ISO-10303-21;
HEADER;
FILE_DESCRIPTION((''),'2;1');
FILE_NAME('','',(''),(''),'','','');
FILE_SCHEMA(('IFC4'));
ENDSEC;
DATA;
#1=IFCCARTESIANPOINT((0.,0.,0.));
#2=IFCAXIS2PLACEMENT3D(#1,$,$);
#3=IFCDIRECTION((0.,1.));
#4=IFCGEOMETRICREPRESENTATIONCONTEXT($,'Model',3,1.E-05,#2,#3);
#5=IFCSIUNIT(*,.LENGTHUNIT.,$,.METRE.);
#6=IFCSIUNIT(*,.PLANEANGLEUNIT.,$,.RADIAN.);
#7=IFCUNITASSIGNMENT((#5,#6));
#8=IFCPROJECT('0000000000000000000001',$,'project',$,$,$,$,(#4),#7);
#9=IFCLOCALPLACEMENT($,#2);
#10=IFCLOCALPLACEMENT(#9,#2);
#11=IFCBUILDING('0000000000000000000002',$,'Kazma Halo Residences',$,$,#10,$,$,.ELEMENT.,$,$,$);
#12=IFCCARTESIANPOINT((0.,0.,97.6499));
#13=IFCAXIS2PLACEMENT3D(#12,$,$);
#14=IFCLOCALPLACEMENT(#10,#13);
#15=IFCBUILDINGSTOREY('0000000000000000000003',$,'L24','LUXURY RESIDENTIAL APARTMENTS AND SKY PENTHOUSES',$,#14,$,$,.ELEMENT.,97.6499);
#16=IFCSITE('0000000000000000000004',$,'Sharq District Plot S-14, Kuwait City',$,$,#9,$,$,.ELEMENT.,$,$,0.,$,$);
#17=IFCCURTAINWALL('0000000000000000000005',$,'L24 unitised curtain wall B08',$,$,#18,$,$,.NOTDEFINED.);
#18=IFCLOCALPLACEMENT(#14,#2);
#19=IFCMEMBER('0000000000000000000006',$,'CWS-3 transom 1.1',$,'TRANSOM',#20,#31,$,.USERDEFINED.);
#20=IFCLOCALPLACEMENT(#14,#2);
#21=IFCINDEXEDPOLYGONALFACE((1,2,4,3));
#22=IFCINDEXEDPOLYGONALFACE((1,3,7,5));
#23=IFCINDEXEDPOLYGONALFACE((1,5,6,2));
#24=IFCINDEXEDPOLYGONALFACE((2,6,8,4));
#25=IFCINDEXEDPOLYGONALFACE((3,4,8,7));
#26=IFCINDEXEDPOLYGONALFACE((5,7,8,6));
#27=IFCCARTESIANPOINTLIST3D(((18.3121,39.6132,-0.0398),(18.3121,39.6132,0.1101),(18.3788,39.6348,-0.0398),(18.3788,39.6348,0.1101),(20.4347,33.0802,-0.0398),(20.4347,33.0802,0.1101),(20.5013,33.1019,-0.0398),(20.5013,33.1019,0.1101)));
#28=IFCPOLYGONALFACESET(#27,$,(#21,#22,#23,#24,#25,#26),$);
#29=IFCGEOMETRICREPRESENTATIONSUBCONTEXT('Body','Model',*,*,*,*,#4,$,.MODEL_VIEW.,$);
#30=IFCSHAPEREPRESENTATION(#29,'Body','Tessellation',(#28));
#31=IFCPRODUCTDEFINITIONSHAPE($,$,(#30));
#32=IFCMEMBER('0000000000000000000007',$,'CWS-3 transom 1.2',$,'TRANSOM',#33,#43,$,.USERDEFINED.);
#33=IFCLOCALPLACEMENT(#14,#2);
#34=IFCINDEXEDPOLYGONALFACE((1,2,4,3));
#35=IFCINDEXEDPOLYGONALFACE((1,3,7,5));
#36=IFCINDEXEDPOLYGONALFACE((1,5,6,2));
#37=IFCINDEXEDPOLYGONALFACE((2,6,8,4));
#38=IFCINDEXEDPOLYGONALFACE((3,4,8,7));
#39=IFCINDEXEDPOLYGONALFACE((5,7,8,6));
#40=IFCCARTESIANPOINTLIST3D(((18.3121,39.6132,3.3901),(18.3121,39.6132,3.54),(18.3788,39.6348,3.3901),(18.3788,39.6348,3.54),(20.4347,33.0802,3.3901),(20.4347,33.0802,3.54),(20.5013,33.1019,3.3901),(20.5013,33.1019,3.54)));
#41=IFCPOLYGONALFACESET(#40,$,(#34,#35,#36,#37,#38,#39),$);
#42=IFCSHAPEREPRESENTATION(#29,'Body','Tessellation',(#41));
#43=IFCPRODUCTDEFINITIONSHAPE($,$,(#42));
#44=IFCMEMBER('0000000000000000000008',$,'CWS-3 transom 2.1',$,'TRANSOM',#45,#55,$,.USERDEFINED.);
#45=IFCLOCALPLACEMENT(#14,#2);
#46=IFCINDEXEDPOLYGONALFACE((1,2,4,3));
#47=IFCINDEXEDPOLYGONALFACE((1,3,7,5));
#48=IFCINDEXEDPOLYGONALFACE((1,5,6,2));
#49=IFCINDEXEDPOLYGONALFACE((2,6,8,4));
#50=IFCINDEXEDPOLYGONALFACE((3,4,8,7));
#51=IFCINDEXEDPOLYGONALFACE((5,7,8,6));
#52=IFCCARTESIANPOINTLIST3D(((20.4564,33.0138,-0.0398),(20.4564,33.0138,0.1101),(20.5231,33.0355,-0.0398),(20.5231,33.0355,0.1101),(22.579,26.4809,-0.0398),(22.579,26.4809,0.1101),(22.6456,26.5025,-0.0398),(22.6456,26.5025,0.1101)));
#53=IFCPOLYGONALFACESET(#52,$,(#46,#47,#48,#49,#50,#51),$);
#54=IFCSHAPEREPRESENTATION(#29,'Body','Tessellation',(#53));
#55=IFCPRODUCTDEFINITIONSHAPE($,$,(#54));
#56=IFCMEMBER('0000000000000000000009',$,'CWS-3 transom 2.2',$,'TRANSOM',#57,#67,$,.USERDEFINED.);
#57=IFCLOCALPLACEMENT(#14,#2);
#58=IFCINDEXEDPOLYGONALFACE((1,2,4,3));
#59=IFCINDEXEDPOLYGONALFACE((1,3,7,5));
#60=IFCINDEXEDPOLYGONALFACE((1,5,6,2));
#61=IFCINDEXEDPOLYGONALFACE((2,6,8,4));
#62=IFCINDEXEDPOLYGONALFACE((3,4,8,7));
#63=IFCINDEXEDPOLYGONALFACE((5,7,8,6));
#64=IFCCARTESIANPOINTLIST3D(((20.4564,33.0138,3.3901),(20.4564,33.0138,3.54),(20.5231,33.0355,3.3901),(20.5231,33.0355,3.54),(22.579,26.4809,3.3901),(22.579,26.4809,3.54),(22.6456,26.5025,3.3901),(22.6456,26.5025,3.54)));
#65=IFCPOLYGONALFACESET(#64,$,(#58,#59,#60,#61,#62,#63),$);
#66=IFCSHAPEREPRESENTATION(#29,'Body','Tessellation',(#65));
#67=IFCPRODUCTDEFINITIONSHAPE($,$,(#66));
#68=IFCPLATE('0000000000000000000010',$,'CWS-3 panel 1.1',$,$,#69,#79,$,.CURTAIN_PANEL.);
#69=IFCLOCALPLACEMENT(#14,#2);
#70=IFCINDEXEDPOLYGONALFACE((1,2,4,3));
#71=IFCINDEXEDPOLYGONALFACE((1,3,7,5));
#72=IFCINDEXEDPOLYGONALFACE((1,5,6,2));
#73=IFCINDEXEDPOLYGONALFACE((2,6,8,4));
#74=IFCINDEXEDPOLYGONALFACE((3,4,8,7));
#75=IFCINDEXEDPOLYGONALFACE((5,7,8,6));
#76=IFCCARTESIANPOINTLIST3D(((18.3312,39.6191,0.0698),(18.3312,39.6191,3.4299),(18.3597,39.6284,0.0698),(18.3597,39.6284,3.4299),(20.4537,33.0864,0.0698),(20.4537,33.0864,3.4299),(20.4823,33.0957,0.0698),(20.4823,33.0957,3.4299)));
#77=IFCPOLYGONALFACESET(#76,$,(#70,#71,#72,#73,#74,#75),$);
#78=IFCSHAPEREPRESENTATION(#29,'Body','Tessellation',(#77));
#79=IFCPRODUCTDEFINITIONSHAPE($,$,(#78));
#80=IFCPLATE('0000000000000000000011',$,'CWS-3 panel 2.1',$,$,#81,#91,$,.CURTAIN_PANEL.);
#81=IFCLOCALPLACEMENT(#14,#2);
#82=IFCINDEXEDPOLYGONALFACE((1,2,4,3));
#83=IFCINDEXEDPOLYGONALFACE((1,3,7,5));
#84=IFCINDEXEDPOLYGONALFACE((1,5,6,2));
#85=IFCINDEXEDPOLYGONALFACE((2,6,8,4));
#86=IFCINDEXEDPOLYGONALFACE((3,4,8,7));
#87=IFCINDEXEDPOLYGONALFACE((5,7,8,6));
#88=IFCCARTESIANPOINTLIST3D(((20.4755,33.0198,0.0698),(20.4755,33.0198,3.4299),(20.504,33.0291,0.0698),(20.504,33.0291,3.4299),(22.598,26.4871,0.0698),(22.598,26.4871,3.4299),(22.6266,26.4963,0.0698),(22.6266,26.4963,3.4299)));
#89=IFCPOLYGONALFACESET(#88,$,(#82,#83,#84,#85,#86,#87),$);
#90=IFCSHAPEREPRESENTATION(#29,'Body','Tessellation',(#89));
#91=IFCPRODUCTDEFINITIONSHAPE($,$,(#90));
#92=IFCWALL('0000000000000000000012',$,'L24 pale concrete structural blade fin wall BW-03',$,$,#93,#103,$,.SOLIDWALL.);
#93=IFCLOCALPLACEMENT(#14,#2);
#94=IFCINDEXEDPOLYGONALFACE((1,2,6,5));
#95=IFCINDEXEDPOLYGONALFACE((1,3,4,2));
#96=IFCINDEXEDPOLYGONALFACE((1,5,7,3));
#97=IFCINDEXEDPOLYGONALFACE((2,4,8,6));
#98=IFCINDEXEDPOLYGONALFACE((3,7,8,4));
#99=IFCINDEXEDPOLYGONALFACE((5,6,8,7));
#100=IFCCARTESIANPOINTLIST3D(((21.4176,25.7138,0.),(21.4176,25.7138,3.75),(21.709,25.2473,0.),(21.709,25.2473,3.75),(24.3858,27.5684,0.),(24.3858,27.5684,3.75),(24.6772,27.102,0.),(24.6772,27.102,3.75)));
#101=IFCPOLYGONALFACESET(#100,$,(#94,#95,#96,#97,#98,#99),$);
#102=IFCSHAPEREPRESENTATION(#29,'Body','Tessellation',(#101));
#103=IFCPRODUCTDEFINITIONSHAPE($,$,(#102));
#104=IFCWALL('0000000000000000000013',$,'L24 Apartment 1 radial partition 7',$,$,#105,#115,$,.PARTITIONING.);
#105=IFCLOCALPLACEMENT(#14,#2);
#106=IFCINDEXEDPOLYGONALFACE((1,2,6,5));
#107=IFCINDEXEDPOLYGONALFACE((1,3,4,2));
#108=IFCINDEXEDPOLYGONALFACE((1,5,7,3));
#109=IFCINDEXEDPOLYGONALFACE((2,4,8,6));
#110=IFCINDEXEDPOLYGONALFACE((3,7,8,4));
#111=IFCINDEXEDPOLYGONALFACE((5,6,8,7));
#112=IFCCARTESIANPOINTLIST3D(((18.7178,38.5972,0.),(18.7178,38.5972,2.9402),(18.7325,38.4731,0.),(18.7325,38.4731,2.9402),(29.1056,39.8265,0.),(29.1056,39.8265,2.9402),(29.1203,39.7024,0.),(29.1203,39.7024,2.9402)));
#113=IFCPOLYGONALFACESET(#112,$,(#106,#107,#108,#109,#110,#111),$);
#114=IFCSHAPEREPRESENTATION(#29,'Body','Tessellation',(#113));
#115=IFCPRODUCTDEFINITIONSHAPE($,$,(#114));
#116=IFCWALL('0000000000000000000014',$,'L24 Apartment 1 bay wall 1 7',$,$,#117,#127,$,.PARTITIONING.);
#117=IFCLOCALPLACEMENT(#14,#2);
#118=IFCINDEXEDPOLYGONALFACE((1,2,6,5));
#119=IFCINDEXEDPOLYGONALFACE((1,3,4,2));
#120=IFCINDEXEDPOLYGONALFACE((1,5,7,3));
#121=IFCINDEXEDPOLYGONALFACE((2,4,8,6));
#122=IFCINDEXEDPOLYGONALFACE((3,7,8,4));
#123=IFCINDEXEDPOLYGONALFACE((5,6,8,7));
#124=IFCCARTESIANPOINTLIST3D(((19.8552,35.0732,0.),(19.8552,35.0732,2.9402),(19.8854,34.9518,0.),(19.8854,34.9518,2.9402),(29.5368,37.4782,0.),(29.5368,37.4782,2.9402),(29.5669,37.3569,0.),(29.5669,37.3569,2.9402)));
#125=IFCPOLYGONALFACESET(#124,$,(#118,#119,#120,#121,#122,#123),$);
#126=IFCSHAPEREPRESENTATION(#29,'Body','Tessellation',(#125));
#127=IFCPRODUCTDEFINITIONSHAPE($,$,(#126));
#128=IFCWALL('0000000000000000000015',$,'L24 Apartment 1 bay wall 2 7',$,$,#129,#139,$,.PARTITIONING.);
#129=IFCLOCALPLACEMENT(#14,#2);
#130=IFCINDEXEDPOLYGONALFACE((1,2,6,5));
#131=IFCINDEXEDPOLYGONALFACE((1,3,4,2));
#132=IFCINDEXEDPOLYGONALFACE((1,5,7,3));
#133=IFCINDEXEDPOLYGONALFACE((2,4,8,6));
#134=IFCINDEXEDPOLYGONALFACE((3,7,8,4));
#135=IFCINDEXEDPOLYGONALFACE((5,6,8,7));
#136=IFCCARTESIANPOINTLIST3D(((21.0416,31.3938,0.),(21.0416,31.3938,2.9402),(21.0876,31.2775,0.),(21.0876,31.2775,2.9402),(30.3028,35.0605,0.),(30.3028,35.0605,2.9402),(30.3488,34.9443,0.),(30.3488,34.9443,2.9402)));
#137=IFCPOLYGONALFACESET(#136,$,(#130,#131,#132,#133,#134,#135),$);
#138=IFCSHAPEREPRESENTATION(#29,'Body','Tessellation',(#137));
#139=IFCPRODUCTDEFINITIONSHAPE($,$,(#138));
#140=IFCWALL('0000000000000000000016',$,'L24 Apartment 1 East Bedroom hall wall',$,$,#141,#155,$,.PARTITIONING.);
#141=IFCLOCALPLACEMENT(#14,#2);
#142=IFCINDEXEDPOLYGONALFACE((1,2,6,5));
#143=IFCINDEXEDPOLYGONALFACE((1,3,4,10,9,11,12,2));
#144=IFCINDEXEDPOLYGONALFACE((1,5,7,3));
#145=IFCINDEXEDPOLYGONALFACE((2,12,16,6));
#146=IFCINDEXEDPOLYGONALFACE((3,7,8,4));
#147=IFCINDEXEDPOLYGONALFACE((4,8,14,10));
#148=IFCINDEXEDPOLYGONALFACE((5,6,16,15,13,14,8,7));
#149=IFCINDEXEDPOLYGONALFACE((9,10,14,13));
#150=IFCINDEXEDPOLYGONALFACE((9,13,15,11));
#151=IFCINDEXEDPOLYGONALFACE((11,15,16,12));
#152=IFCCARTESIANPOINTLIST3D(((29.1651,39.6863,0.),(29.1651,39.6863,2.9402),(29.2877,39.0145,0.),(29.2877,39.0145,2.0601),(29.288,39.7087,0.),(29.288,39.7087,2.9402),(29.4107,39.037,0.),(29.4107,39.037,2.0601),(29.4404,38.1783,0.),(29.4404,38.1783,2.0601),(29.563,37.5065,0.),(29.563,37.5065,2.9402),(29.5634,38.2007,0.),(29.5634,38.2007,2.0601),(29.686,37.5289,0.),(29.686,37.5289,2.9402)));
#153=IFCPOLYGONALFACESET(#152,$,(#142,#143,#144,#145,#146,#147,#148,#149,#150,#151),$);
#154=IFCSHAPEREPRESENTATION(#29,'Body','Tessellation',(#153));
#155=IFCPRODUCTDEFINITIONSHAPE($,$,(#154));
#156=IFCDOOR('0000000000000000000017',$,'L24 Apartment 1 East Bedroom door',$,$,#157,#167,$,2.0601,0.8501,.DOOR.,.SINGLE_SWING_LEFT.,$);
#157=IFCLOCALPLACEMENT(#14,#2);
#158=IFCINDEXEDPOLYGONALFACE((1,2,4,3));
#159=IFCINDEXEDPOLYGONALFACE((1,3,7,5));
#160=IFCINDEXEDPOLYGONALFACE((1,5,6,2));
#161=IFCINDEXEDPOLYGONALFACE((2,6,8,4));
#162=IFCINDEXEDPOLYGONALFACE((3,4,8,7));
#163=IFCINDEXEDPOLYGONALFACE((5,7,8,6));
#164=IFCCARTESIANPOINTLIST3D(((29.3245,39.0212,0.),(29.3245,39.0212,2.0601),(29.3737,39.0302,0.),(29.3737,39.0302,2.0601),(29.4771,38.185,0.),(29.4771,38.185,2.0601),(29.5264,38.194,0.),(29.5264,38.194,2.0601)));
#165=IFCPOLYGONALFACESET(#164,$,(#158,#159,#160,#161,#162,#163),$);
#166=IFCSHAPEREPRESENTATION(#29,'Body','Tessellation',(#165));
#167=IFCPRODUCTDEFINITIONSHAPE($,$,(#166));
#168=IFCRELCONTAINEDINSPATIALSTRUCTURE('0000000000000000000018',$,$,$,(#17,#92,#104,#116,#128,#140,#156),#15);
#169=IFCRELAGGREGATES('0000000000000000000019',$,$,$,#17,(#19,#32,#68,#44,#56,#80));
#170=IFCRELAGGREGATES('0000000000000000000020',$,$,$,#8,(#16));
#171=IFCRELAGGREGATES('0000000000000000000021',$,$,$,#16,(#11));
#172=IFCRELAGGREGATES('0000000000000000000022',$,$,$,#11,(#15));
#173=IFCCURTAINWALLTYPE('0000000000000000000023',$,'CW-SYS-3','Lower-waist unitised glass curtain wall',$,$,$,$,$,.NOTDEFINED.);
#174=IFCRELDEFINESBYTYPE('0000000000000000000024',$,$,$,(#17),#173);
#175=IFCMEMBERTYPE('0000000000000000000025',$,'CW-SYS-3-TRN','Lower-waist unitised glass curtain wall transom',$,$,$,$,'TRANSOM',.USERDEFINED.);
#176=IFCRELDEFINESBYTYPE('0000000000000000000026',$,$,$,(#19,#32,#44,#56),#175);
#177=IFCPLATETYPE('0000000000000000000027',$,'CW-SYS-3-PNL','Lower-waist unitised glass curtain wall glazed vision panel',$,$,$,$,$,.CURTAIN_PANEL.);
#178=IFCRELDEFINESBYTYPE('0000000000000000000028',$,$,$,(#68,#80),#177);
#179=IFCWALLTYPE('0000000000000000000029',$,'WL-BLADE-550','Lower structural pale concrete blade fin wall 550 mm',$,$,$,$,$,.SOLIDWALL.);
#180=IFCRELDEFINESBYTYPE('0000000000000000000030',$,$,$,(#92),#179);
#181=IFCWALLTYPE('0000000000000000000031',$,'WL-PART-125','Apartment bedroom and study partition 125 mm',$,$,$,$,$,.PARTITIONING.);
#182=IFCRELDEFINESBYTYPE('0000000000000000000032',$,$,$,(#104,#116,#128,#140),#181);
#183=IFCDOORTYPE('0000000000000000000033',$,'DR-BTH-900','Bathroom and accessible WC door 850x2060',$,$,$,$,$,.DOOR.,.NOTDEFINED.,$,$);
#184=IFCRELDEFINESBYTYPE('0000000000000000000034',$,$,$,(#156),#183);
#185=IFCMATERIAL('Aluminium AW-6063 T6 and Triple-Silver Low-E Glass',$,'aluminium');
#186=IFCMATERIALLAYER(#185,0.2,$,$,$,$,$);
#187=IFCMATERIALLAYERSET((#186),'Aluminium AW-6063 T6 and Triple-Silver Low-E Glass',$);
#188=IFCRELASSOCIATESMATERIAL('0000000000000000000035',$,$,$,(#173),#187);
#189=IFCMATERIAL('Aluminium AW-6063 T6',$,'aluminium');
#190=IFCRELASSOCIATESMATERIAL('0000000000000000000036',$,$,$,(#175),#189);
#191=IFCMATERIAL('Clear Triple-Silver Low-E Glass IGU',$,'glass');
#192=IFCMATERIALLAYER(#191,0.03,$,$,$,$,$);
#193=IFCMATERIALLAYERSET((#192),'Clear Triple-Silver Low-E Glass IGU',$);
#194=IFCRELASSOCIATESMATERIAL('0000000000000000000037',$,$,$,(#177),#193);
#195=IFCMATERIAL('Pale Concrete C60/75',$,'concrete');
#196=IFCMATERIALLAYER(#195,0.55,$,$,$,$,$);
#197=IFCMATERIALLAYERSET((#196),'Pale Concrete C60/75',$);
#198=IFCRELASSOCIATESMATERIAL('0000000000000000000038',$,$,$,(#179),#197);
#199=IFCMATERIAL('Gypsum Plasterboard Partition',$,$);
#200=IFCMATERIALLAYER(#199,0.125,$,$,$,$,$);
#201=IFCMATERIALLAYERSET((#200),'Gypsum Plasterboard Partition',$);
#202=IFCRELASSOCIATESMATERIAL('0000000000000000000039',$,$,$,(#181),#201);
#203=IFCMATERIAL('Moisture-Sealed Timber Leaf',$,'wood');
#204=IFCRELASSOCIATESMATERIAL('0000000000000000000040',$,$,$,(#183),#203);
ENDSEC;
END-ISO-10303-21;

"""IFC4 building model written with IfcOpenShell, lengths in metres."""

from ifc_helpers import new_model, si_unit, direction, frame, frame_2d, origin, origin_2d, place, context, subcontext, project, spatial, rectangle, extrude, material, layer, layer_set, material_profile, profile_set, type_object, element, fill, aggregate, save


model = new_model("IFC4")

# Units and contexts
model_context = context("Model", 3, precision=1e-05, world=origin(), true_north=direction((0.0, 1.0)))
body_context = subcontext(model_context, "Body", "Model", "MODEL_VIEW")
ifc_project = project(units=[si_unit("LENGTHUNIT", "METRE"), si_unit("PLANEANGLEUNIT", "RADIAN")], contexts=[model_context])

# Site, building, storey
site_placement = place(None, origin())
site = spatial("IfcSite", under=ifc_project, at=site_placement, Name="Sharq District Plot S-14, Kuwait City", CompositionType="ELEMENT", RefElevation=0.0)
building_placement = place(site_placement, origin())
building = spatial("IfcBuilding", under=site, at=building_placement, Name="Kazma Halo Residences", CompositionType="ELEMENT")
storey_placement = place(building_placement, frame((0.0, 0.0, 97.6499)))
storey = spatial("IfcBuildingStorey", under=building, at=storey_placement, Name="L24", Description="LUXURY RESIDENTIAL APARTMENTS AND SKY PENTHOUSES", CompositionType="ELEMENT", Elevation=97.6499)

# Curtain wall, members, plates
ifc_material_1 = material(Name="Aluminium AW-6063 T6 and Triple-Silver Low-E Glass", Category="aluminium")
ifc_layer_1 = layer(ifc_material_1, 0.2)
ifc_layer_set_1 = layer_set([ifc_layer_1], Name="Aluminium AW-6063 T6 and Triple-Silver Low-E Glass")
curtain_wall_type = type_object("IfcCurtainWallType", Name="CW-SYS-3", Description="Lower-waist unitised glass curtain wall", PredefinedType="NOTDEFINED", material=ifc_layer_set_1)
curtain_wall_placement = place(storey_placement, origin())
curtain_wall = element("IfcCurtainWall", 1, at=curtain_wall_placement, inside=storey, type_object=curtain_wall_type, Name="L24 unitised curtain wall B08", PredefinedType="NOTDEFINED")
ifc_material_2 = material(Name="Aluminium AW-6063 T6", Category="aluminium")
ifc_material_profile_1 = material_profile(ifc_material_2, rectangle(XDim=0.0701, YDim=0.1499, at=origin_2d()), Name="CWT-70x150")
ifc_profile_set_1 = profile_set([ifc_material_profile_1], Name="Aluminium AW-6063 T6")
member_type_1 = type_object("IfcMemberType", Name="CW-SYS-3-TRN", Description="Lower-waist unitised glass curtain wall transom", ElementType="TRANSOM", PredefinedType="USERDEFINED", material=ifc_profile_set_1)
member_1_placement = place(storey_placement, frame((18.3455, 39.624, 0.0352), z_axis=(0.309, -0.951062, 0.0), x_axis=(0.951062, 0.309, 0.0)))
member_1 = element("IfcMember", 2, at=member_1_placement, type_object=member_type_1, Name="CWS-3 transom 1.1", ObjectType="TRANSOM", PredefinedType="USERDEFINED", context=body_context, shape_type="SweptSolid", body=[
    extrude(rectangle(XDim=0.0701, YDim=0.1499, at=origin_2d()), origin(), (0.0, 0.0, 1.0), 6.8691),
])
member_2_placement = place(storey_placement, frame((18.3455, 39.624, 3.4651), z_axis=(0.309, -0.951062, 0.0), x_axis=(0.951062, 0.309, 0.0)))
member_2 = element("IfcMember", 3, at=member_2_placement, type_object=member_type_1, Name="CWS-3 transom 1.2", ObjectType="TRANSOM", PredefinedType="USERDEFINED", context=body_context, shape_type="SweptSolid", body=[
    extrude(rectangle(XDim=0.0701, YDim=0.1499, at=origin_2d()), origin(), (0.0, 0.0, 1.0), 6.8691),
])
member_3_placement = place(storey_placement, frame((20.4897, 33.0247, 0.0352), z_axis=(0.309, -0.951062, 0.0), x_axis=(0.951062, 0.309, 0.0)))
member_3 = element("IfcMember", 4, at=member_3_placement, type_object=member_type_1, Name="CWS-3 transom 2.1", ObjectType="TRANSOM", PredefinedType="USERDEFINED", context=body_context, shape_type="SweptSolid", body=[
    extrude(rectangle(XDim=0.0701, YDim=0.1499, at=origin_2d()), origin(), (0.0, 0.0, 1.0), 6.8691),
])
member_4_placement = place(storey_placement, frame((20.4897, 33.0247, 3.4651), z_axis=(0.309, -0.951062, 0.0), x_axis=(0.951062, 0.309, 0.0)))
member_4 = element("IfcMember", 5, at=member_4_placement, type_object=member_type_1, Name="CWS-3 transom 2.2", ObjectType="TRANSOM", PredefinedType="USERDEFINED", context=body_context, shape_type="SweptSolid", body=[
    extrude(rectangle(XDim=0.0701, YDim=0.1499, at=origin_2d()), origin(), (0.0, 0.0, 1.0), 6.8691),
])
ifc_material_3 = material(Name="Clear Triple-Silver Low-E Glass IGU", Category="glass")
ifc_layer_2 = layer(ifc_material_3, 0.03)
ifc_layer_set_2 = layer_set([ifc_layer_2], Name="Clear Triple-Silver Low-E Glass IGU")
plate_type = type_object("IfcPlateType", Name="CW-SYS-3-PNL", Description="Lower-waist unitised glass curtain wall glazed vision panel", PredefinedType="CURTAIN_PANEL", material=ifc_layer_set_2)
plate_1_placement = place(storey_placement, frame((19.4067, 36.3574, 0.0698), z_axis=(0.0, 0.0, 1.0), x_axis=(0.309013, -0.951058, 0.0)))
plate_1 = element("IfcPlate", 6, at=plate_1_placement, type_object=plate_type, Name="CWS-3 panel 1.1", PredefinedType="CURTAIN_PANEL", context=body_context, shape_type="SweptSolid", body=[
    extrude(rectangle(XDim=6.8689, YDim=0.03, at=origin_2d()), origin(), (0.0, 0.0, 1.0), 3.3601),
])
plate_2_placement = place(storey_placement, frame((21.551, 29.7581, 0.0698), z_axis=(0.0, 0.0, 1.0), x_axis=(0.309013, -0.951058, 0.0)))
plate_2 = element("IfcPlate", 7, at=plate_2_placement, type_object=plate_type, Name="CWS-3 panel 2.1", PredefinedType="CURTAIN_PANEL", context=body_context, shape_type="SweptSolid", body=[
    extrude(rectangle(XDim=6.8689, YDim=0.03, at=origin_2d()), origin(), (0.0, 0.0, 1.0), 3.3601),
])
aggregate(curtain_wall, [member_1, member_2, plate_1, member_3, member_4, plate_2])

# Walls
ifc_material_4 = material(Name="Pale Concrete C60/75", Category="concrete")
ifc_layer_3 = layer(ifc_material_4, 0.55)
ifc_layer_set_3 = layer_set([ifc_layer_3], Name="Pale Concrete C60/75")
wall_type_1 = type_object("IfcWallType", Name="WL-BLADE-550", Description="Lower structural pale concrete blade fin wall 550 mm", PredefinedType="SOLIDWALL", material=ifc_layer_set_3)
wall_1_placement = place(storey_placement, frame((24.5315, 27.3352, 0.0), z_axis=(0.0, 0.0, 1.0), x_axis=(-0.848053, -0.529911, 0.0)))
element("IfcWall", 8, at=wall_1_placement, inside=storey, type_object=wall_type_1, Name="L24 pale concrete structural blade fin wall BW-03", PredefinedType="SOLIDWALL", context=body_context, shape_type="SweptSolid", body=[
    extrude(rectangle(XDim=3.5, YDim=0.55, at=frame_2d((1.75, 0.0))), origin(), (0.0, 0.0, 1.0), 3.75),
])
ifc_material_5 = material(Name="Gypsum Plasterboard Partition")
ifc_layer_4 = layer(ifc_material_5, 0.125)
ifc_layer_set_4 = layer_set([ifc_layer_4], Name="Gypsum Plasterboard Partition")
wall_type_2 = type_object("IfcWallType", Name="WL-PART-125", Description="Apartment bedroom and study partition 125 mm", PredefinedType="PARTITIONING", material=ifc_layer_set_4)
wall_2_placement = place(storey_placement, frame((29.1128, 39.7644, 0.0), z_axis=(0.0, 0.0, 1.0), x_axis=(-0.993071, -0.117517, 0.0)))
element("IfcWall", 9, at=wall_2_placement, inside=storey, type_object=wall_type_2, Name="L24 Apartment 1 radial partition 7", PredefinedType="PARTITIONING", context=body_context, shape_type="SweptSolid", body=[
    extrude(rectangle(XDim=10.4602, YDim=0.125, at=frame_2d((5.23, 0.0))), origin(), (0.0, 0.0, 1.0), 2.9402),
])
wall_3_placement = place(storey_placement, frame((29.5518, 37.4175, 0.0), z_axis=(0.0, 0.0, 1.0), x_axis=(-0.970504, -0.241084, 0.0)))
element("IfcWall", 10, at=wall_3_placement, inside=storey, type_object=wall_type_2, Name="L24 Apartment 1 bay wall 1 7", PredefinedType="PARTITIONING", context=body_context, shape_type="SweptSolid", body=[
    extrude(rectangle(XDim=9.9758, YDim=0.125, at=frame_2d((4.9878, 0.0))), origin(), (0.0, 0.0, 1.0), 2.9402),
])
wall_4_placement = place(storey_placement, frame((30.3259, 35.0024, 0.0), z_axis=(0.0, 0.0, 1.0), x_axis=(-0.929778, -0.368122, 0.0)))
element("IfcWall", 11, at=wall_4_placement, inside=storey, type_object=wall_type_2, Name="L24 Apartment 1 bay wall 2 7", PredefinedType="PARTITIONING", context=body_context, shape_type="SweptSolid", body=[
    extrude(rectangle(XDim=9.9607, YDim=0.125, at=frame_2d((4.9805, 0.0))), origin(), (0.0, 0.0, 1.0), 2.9402),
])

# Wall, opening, door
wall_5_placement = place(storey_placement, frame((29.2266, 39.6975, 0.0), z_axis=(0.0, 0.0, 1.0), x_axis=(0.179603, -0.983739, 0.0)))
wall_5 = element("IfcWall", 12, at=wall_5_placement, inside=storey, type_object=wall_type_2, Name="L24 Apartment 1 East Bedroom hall wall", PredefinedType="PARTITIONING", context=body_context, shape_type="SweptSolid", body=[
    extrude(rectangle(XDim=2.2158, YDim=0.125, at=frame_2d((1.1079, 0.0))), origin(), (0.0, 0.0, 1.0), 2.9402),
])
opening_1_placement = place(wall_5_placement, frame((0.6829, 0.0, 0.0)))
opening_1 = element("IfcOpeningElement", 13, at=opening_1_placement, cuts=wall_5, PredefinedType="OPENING", context=body_context, shape_type="SweptSolid", body=[
    extrude(rectangle(XDim=0.8501, YDim=2.0601, at=frame_2d((0.425, 1.03))), frame((0.0, 0.0725, 0.0), z_axis=(0.0, -1.0, 0.0), x_axis=(1.0, 0.0, 0.0)), (0.0, 0.0, 1.0), 0.145),
])
ifc_material_6 = material(Name="Moisture-Sealed Timber Leaf", Category="wood")
door_type = type_object("IfcDoorType", Name="DR-BTH-900", Description="Bathroom and accessible WC door 850x2060", OperationType="NOTDEFINED", PredefinedType="DOOR", material=ifc_material_6)
door_1_placement = place(opening_1_placement, origin())
door_1 = element("IfcDoor", 14, at=door_1_placement, inside=storey, type_object=door_type, Name="L24 Apartment 1 East Bedroom door", OperationType="SINGLE_SWING_LEFT", OverallHeight=2.0601, OverallWidth=0.8501, PredefinedType="DOOR", context=body_context, shape_type="SweptSolid", body=[
    extrude(rectangle(XDim=0.8501, YDim=2.0601, at=frame_2d((0.425, 1.03))), frame((0.0, 0.0249, 0.0), z_axis=(0.0, -1.0, 0.0), x_axis=(1.0, 0.0, 0.0)), (0.0, 0.0, 1.0), 0.05),
])
fill(opening_1, door_1)

save(model, "model.ifc")
